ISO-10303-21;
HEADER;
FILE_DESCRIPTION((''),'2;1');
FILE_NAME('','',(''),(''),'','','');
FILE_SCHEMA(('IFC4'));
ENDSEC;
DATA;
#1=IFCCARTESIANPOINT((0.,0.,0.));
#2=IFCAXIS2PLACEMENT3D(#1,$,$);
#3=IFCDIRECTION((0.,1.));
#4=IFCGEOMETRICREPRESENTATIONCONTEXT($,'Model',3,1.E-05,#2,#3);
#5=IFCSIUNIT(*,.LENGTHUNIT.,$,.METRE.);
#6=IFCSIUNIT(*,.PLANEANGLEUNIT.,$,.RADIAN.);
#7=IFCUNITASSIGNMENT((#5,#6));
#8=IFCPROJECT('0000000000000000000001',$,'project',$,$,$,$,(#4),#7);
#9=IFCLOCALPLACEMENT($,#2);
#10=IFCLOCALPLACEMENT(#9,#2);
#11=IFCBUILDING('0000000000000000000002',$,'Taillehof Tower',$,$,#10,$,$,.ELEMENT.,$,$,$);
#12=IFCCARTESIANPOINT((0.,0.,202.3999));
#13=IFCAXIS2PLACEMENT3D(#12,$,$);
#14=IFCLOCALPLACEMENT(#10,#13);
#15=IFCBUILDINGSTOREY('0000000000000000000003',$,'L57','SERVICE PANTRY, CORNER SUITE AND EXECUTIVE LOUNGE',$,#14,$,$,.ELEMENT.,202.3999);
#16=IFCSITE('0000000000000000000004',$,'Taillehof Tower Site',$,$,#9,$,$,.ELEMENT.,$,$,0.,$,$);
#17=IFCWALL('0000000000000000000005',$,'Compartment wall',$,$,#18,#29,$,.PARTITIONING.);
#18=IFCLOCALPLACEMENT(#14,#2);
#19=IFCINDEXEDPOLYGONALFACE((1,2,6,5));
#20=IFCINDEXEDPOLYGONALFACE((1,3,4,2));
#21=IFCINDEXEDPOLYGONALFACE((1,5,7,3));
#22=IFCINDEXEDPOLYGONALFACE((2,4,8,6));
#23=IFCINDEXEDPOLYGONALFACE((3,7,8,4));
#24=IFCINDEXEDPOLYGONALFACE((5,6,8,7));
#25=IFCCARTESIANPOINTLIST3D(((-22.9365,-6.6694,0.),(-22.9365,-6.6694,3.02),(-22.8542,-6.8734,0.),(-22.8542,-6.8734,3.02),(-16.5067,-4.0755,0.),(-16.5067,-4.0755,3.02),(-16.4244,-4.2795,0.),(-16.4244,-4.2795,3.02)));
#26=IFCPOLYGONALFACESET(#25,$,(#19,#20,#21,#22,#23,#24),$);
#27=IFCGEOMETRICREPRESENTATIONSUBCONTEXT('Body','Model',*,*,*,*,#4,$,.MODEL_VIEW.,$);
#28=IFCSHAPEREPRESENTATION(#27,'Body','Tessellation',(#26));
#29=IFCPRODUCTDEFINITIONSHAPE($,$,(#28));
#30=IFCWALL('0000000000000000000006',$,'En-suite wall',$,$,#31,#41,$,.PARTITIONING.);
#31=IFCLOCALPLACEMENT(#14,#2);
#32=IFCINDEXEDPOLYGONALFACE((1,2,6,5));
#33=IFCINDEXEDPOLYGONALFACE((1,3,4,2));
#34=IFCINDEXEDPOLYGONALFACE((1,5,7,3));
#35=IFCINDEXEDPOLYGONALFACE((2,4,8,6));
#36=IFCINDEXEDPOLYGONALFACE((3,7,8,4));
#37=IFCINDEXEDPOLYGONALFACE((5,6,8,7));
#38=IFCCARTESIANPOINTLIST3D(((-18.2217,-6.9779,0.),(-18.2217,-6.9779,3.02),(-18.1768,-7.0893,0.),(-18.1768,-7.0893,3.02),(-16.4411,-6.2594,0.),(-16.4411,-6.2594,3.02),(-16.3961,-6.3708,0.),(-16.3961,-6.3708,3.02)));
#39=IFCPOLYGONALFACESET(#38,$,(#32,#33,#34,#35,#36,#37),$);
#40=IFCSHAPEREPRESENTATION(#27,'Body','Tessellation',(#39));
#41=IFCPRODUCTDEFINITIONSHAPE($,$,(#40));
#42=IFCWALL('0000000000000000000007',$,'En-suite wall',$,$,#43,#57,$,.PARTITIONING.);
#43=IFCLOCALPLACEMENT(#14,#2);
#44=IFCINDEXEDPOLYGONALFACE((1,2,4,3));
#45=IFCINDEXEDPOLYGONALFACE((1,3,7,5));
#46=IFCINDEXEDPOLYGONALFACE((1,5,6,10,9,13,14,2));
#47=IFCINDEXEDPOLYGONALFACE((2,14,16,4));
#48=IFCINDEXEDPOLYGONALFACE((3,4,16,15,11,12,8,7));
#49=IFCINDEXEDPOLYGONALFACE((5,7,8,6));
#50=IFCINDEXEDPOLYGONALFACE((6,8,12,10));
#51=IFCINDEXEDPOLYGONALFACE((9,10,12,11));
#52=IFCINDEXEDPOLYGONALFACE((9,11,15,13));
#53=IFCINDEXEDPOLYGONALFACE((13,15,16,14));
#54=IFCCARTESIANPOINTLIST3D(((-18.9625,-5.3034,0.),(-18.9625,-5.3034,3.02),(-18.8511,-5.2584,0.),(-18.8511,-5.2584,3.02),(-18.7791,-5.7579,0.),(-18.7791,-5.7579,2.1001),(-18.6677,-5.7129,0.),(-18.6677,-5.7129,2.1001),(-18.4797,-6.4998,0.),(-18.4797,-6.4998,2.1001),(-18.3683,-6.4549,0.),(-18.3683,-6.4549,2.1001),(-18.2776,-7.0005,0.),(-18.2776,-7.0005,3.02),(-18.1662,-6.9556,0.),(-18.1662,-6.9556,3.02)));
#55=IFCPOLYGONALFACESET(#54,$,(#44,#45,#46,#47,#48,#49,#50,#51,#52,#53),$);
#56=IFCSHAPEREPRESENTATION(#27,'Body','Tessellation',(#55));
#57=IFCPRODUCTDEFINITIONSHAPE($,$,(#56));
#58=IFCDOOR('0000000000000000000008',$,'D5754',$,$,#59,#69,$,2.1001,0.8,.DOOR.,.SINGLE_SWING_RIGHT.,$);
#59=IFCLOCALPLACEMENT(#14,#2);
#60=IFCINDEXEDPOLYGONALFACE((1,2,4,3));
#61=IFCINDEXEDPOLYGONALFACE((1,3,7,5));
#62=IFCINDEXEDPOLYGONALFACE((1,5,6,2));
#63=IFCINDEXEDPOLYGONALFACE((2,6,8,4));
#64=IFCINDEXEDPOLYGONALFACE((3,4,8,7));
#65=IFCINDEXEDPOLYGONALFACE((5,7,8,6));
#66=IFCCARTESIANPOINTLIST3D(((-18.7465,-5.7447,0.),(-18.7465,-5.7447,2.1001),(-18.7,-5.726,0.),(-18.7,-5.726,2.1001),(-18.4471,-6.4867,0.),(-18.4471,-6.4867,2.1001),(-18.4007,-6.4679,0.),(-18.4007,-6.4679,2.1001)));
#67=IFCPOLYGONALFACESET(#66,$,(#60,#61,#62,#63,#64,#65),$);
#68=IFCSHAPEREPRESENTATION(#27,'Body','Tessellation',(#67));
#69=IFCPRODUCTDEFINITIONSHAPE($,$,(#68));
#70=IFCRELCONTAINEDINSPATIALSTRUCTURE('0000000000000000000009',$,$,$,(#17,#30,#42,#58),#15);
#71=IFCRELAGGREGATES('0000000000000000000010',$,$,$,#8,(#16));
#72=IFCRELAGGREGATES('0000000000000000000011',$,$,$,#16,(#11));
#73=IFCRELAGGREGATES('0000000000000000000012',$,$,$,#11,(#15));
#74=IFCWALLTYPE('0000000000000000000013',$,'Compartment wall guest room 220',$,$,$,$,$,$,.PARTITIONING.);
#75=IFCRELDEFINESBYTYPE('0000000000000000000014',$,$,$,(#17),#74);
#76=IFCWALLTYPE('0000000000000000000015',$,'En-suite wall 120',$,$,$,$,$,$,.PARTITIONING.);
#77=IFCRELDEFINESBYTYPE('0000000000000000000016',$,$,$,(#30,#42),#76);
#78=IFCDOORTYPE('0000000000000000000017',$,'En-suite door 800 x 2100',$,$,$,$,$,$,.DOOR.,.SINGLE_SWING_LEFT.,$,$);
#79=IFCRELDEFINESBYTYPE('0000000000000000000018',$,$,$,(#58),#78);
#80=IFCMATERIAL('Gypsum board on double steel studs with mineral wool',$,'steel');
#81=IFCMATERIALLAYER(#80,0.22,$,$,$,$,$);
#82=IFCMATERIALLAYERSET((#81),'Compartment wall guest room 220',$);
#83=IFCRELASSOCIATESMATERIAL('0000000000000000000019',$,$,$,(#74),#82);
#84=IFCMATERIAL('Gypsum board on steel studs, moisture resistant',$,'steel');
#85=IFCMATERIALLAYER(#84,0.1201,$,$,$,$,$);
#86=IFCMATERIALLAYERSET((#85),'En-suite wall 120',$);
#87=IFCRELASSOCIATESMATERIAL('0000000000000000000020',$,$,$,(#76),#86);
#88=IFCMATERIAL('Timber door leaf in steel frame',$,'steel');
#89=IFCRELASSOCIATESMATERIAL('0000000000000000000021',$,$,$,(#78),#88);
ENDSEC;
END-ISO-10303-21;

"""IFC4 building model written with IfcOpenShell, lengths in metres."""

from ifc_helpers import new_model, si_unit, direction, frame, frame_2d, origin, place, context, subcontext, project, spatial, rectangle, extrude, material, layer, layer_set, type_object, element, fill, save


model = new_model("IFC4")

# Units and contexts
model_context = context("Model", 3, precision=1e-05, world=origin(), true_north=direction((0.0, 1.0)))
body_context = subcontext(model_context, "Body", "Model", "MODEL_VIEW")
ifc_project = project(units=[si_unit("LENGTHUNIT", "METRE"), si_unit("PLANEANGLEUNIT", "RADIAN")], contexts=[model_context])

# Site, building, storey
site_placement = place(None, origin())
site = spatial("IfcSite", under=ifc_project, at=site_placement, Name="Taillehof Tower Site", CompositionType="ELEMENT", RefElevation=0.0)
building_placement = place(site_placement, origin())
building = spatial("IfcBuilding", under=site, at=building_placement, Name="Taillehof Tower", CompositionType="ELEMENT")
storey_placement = place(building_placement, frame((0.0, 0.0, 202.3999)))
storey = spatial("IfcBuildingStorey", under=building, at=storey_placement, Name="L57", Description="SERVICE PANTRY, CORNER SUITE AND EXECUTIVE LOUNGE", CompositionType="ELEMENT", Elevation=202.3999)

# Walls
ifc_material_1 = material(Name="Gypsum board on double steel studs with mineral wool", Category="steel")
ifc_layer_1 = layer(ifc_material_1, 0.22)
ifc_layer_set_1 = layer_set([ifc_layer_1], Name="Compartment wall guest room 220")
wall_type_1 = type_object("IfcWallType", Name="Compartment wall guest room 220", PredefinedType="PARTITIONING", material=ifc_layer_set_1)
wall_1_placement = place(storey_placement, frame((-22.8955, -6.7715, 0.0), z_axis=(0.0, 0.0, 1.0), x_axis=(0.927377, 0.374127, 0.0)))
element("IfcWall", 1, at=wall_1_placement, inside=storey, type_object=wall_type_1, Name="Compartment wall", PredefinedType="PARTITIONING", context=body_context, shape_type="SweptSolid", body=[
    extrude(rectangle(XDim=6.9333, YDim=0.22, at=frame_2d((3.4668, 0.0))), origin(), (0.0, 0.0, 1.0), 3.02),
])
ifc_material_2 = material(Name="Gypsum board on steel studs, moisture resistant", Category="steel")
ifc_layer_2 = layer(ifc_material_2, 0.1201)
ifc_layer_set_2 = layer_set([ifc_layer_2], Name="En-suite wall 120")
wall_type_2 = type_object("IfcWallType", Name="En-suite wall 120", PredefinedType="PARTITIONING", material=ifc_layer_set_2)
wall_2_placement = place(storey_placement, frame((-16.4187, -6.3152, 0.0), z_axis=(0.0, 0.0, 1.0), x_axis=(-0.927359, -0.374173, 0.0)))
element("IfcWall", 2, at=wall_2_placement, inside=storey, type_object=wall_type_2, Name="En-suite wall", PredefinedType="PARTITIONING", context=body_context, shape_type="SweptSolid", body=[
    extrude(rectangle(XDim=1.9202, YDim=0.1201, at=frame_2d((0.96, 0.0))), origin(), (0.0, 0.0, 1.0), 3.02),
])

# Wall, opening, door
wall_3_placement = place(storey_placement, frame((-18.2219, -6.978, 0.0), z_axis=(0.0, 0.0, 1.0), x_axis=(-0.374218, 0.927341, 0.0)))
wall_3 = element("IfcWall", 3, at=wall_3_placement, inside=storey, type_object=wall_type_2, Name="En-suite wall", PredefinedType="PARTITIONING", context=body_context, shape_type="SweptSolid", body=[
    extrude(rectangle(XDim=1.8301, YDim=0.1201, at=frame_2d((0.915, 0.0))), origin(), (0.0, 0.0, 1.0), 3.02),
])
opening_1_placement = place(wall_3_placement, frame((0.54, 0.0, 0.0)))
opening_1 = element("IfcOpeningElement", 4, at=opening_1_placement, cuts=wall_3, PredefinedType="OPENING", context=body_context, shape_type="SweptSolid", body=[
    extrude(rectangle(XDim=0.8, YDim=2.1001, at=frame_2d((0.3999, 1.05))), frame((0.0, 0.0701, 0.0), z_axis=(0.0, -1.0, 0.0), x_axis=(1.0, 0.0, 0.0)), (0.0, 0.0, 1.0), 0.1401),
])
ifc_material_3 = material(Name="Timber door leaf in steel frame", Category="steel")
door_type_1 = type_object("IfcDoorType", Name="En-suite door 800 x 2100", OperationType="SINGLE_SWING_LEFT", PredefinedType="DOOR", material=ifc_material_3)
door_1_placement = place(opening_1_placement, origin())
door_1 = element("IfcDoor", 5, at=door_1_placement, inside=storey, type_object=door_type_1, Name="D5754", OperationType="SINGLE_SWING_RIGHT", OverallHeight=2.1001, OverallWidth=0.8, PredefinedType="DOOR", context=body_context, shape_type="SweptSolid", body=[
    extrude(rectangle(XDim=0.8, YDim=2.1001, at=frame_2d((0.3999, 1.05))), frame((0.0, 0.0249, 0.0), z_axis=(0.0, -1.0, 0.0), x_axis=(1.0, 0.0, 0.0)), (0.0, 0.0, 1.0), 0.05),
])
fill(opening_1, door_1)

save(model, "model.ifc")
